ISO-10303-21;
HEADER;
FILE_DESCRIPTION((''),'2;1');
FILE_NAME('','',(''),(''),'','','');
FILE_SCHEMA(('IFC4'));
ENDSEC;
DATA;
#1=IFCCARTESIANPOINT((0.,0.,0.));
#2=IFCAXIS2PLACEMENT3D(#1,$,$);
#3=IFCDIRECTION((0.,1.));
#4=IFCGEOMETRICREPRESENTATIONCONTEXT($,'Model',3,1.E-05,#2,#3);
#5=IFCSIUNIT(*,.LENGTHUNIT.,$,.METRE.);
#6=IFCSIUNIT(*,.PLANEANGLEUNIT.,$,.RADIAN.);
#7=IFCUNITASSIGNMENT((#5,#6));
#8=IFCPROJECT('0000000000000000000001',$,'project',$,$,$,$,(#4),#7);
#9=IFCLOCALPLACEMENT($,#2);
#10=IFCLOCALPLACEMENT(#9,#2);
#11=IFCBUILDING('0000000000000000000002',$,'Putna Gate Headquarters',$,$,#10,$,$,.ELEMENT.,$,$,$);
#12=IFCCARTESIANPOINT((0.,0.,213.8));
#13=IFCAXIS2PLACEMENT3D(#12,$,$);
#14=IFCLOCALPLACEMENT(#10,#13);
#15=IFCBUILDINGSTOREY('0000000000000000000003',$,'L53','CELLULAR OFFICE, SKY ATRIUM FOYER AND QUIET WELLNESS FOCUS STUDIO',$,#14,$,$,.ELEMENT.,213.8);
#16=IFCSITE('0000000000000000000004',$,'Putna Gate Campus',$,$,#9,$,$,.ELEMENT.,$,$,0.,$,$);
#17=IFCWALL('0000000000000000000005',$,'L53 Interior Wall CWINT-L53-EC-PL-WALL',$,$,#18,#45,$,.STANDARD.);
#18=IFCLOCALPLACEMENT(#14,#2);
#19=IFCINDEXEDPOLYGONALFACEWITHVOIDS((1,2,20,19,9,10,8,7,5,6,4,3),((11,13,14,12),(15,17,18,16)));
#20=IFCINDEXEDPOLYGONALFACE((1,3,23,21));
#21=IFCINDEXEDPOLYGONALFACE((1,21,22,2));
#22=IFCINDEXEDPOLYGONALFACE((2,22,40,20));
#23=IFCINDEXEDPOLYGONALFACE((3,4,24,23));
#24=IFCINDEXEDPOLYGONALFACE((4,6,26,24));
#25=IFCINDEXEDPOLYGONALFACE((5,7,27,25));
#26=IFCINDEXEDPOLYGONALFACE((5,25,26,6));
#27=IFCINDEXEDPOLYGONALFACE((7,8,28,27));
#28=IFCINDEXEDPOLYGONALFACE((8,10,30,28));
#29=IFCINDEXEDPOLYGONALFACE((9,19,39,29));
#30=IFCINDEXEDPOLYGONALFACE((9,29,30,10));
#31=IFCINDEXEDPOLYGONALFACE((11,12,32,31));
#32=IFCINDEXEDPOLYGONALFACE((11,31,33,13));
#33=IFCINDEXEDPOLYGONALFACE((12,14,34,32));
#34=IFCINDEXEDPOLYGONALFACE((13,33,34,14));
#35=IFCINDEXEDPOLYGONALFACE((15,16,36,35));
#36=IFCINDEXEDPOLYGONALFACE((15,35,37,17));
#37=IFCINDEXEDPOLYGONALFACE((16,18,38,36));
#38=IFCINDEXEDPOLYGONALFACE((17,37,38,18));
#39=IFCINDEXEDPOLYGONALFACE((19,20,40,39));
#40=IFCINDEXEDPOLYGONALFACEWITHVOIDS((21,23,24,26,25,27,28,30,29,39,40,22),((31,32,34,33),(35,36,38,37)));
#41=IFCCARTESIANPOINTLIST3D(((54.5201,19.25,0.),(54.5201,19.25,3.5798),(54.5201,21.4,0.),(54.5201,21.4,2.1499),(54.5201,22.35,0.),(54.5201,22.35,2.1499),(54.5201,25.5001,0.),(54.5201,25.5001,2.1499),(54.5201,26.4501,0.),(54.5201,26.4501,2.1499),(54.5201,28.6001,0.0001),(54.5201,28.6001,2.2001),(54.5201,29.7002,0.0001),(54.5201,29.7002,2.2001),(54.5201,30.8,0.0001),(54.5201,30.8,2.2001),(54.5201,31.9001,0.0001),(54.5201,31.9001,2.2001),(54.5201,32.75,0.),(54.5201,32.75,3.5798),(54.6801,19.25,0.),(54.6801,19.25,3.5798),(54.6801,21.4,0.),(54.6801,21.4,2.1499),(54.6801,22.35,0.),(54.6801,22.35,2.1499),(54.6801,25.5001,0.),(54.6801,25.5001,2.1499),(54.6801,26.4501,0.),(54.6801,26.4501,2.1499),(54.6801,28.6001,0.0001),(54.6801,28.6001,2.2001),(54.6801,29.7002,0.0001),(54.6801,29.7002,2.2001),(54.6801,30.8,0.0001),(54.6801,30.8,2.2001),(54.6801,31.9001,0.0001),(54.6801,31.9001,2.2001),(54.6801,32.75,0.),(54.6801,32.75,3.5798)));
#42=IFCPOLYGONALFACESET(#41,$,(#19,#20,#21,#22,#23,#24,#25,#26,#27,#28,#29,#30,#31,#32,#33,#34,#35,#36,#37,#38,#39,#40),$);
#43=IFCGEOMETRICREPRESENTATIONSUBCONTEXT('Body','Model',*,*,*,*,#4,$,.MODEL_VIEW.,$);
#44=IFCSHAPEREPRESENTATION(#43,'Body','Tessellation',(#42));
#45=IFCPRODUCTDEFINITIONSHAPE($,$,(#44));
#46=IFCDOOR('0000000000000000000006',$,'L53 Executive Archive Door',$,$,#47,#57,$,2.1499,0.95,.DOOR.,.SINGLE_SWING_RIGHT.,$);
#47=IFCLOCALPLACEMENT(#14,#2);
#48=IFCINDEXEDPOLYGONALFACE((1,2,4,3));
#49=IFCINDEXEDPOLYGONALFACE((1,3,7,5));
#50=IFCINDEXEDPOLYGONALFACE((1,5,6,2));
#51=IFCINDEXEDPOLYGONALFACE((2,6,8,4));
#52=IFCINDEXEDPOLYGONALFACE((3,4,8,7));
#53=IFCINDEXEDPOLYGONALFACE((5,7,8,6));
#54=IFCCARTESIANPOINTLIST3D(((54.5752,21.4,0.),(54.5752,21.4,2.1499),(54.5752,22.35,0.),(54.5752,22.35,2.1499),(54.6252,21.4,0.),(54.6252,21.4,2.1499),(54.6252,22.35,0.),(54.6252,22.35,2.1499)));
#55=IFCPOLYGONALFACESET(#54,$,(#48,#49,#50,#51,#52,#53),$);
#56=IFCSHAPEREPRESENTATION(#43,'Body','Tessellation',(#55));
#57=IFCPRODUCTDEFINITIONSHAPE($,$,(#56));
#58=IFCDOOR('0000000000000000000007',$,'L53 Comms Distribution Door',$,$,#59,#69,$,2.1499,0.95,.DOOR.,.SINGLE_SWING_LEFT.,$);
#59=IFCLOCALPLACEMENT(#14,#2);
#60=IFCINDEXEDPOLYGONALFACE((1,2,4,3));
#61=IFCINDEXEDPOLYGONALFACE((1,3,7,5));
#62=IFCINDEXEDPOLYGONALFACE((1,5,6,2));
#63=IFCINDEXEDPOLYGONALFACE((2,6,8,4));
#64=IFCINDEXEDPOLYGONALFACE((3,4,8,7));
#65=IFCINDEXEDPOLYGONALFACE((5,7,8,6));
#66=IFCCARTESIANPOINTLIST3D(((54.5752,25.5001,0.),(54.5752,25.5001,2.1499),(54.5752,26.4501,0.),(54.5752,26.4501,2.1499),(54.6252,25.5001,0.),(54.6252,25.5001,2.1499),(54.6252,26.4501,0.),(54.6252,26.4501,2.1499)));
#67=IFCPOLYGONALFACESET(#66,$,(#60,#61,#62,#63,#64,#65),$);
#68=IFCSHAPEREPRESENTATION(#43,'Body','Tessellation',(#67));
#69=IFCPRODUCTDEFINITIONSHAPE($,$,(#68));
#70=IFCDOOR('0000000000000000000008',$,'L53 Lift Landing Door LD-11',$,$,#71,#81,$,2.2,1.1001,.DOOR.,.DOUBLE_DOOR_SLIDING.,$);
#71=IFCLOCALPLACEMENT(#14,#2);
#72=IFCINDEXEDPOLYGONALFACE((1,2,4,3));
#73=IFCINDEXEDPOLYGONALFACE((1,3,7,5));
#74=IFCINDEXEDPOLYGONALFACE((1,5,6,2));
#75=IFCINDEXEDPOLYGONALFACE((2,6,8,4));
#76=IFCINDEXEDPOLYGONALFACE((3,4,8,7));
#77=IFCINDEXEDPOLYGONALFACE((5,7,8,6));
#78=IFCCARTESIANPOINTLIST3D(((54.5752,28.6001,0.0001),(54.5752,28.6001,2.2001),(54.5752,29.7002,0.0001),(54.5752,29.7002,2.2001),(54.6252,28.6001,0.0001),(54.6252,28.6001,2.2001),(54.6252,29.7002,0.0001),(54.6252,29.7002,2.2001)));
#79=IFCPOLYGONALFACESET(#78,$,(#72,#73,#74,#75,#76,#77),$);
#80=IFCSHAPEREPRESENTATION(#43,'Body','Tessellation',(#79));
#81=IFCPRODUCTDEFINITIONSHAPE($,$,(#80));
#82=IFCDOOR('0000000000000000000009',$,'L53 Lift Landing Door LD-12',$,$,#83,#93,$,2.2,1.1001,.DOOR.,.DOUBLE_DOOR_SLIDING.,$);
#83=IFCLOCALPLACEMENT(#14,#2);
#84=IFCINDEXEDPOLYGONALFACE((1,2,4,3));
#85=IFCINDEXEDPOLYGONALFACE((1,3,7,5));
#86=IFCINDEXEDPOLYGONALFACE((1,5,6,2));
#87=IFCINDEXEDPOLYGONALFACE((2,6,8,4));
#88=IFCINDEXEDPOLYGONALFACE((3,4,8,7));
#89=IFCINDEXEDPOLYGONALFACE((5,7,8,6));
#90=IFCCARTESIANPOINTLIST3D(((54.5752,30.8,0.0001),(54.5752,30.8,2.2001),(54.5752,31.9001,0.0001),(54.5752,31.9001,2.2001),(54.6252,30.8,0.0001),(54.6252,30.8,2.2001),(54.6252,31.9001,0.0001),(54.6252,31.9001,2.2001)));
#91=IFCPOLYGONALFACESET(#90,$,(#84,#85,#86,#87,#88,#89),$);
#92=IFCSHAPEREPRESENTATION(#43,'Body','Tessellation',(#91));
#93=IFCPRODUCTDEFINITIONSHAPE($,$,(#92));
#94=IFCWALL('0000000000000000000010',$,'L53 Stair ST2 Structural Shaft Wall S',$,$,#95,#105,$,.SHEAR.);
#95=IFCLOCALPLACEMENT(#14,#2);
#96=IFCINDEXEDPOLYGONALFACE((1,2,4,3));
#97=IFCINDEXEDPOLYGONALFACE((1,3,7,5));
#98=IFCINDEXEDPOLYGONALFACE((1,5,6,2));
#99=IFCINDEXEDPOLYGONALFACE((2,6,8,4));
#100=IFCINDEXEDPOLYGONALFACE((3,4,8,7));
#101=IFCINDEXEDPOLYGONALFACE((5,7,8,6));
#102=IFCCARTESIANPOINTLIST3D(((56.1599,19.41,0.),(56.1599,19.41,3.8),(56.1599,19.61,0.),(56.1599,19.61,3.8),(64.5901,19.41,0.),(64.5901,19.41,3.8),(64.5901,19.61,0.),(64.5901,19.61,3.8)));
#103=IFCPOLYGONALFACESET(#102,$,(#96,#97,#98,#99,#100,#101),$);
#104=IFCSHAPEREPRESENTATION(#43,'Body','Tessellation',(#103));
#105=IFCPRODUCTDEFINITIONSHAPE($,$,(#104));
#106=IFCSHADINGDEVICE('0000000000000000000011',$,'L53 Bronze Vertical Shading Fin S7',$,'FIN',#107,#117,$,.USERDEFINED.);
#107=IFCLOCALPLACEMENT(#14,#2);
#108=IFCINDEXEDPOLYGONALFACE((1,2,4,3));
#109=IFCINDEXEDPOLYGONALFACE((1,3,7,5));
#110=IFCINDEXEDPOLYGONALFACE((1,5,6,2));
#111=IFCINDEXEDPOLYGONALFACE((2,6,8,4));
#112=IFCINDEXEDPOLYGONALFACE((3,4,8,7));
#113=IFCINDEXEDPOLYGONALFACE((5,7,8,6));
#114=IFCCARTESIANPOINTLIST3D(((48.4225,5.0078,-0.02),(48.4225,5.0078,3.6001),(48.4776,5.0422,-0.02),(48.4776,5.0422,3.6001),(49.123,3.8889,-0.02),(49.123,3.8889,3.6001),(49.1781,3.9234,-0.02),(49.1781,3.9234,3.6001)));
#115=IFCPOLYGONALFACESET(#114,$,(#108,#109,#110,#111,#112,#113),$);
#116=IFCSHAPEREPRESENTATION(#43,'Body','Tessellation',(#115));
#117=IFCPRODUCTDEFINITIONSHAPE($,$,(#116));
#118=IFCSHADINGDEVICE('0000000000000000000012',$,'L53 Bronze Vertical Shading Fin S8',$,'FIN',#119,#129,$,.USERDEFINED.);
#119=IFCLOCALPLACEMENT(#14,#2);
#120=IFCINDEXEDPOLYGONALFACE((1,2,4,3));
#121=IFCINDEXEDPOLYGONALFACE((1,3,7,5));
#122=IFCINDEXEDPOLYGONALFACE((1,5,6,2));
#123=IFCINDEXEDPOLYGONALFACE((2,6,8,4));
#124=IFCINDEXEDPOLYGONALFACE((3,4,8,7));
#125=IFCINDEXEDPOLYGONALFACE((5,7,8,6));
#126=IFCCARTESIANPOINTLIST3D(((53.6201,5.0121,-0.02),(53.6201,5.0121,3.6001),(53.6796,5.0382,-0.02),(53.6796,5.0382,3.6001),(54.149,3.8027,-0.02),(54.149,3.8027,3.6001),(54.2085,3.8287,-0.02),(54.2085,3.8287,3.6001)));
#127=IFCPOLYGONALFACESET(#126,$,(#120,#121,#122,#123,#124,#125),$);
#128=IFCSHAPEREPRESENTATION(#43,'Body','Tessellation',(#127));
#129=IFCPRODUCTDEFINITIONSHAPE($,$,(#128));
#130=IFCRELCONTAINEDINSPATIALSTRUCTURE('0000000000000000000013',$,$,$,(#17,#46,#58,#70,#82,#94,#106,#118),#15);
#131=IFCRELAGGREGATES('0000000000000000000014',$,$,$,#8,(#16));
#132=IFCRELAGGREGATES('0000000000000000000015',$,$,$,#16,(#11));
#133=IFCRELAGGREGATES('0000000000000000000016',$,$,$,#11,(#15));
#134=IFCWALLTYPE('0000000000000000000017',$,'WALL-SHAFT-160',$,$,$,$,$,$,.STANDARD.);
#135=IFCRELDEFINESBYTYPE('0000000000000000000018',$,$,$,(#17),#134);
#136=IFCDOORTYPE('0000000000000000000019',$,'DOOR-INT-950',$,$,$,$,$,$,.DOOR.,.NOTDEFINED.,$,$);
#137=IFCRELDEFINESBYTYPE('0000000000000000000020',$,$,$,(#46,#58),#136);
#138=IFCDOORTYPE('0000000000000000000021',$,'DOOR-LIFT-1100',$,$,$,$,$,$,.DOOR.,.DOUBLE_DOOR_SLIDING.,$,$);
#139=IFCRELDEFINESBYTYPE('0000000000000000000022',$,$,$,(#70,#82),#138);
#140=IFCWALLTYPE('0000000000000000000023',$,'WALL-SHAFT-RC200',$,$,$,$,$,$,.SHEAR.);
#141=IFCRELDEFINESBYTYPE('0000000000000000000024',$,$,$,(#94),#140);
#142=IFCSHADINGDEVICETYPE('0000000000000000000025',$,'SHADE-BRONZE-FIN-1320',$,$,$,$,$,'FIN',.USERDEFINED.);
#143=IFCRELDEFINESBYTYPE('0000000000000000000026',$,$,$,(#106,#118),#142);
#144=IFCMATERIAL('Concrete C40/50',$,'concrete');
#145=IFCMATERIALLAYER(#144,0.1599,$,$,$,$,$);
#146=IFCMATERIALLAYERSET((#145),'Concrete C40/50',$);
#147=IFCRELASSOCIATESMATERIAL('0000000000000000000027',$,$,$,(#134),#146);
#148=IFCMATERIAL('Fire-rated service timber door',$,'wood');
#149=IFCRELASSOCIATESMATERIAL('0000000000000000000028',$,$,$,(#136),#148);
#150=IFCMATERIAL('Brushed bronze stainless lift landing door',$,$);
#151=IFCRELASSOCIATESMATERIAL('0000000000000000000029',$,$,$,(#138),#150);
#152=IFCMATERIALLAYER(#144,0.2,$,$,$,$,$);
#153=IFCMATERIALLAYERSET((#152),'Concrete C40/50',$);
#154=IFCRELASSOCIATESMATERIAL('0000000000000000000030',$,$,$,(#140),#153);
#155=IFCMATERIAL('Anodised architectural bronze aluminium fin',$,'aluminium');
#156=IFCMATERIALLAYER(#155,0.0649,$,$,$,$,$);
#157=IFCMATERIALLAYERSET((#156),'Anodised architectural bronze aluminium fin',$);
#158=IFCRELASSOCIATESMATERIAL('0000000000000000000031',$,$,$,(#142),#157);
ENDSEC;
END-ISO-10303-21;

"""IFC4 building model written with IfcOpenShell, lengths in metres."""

from ifc_helpers import new_model, si_unit, direction, frame, frame_2d, origin, origin_2d, place, context, subcontext, project, spatial, rectangle, extrude, material, layer, layer_set, type_object, element, fill, save


model = new_model("IFC4")

# Units and contexts
model_context = context("Model", 3, precision=1e-05, world=origin(), true_north=direction((0.0, 1.0)))
body_context = subcontext(model_context, "Body", "Model", "MODEL_VIEW")
ifc_project = project(units=[si_unit("LENGTHUNIT", "METRE"), si_unit("PLANEANGLEUNIT", "RADIAN")], contexts=[model_context])

# Site, building, storey
site_placement = place(None, origin())
site = spatial("IfcSite", under=ifc_project, at=site_placement, Name="Putna Gate Campus", CompositionType="ELEMENT", RefElevation=0.0)
building_placement = place(site_placement, origin())
building = spatial("IfcBuilding", under=site, at=building_placement, Name="Putna Gate Headquarters", CompositionType="ELEMENT")
storey_placement = place(building_placement, frame((0.0, 0.0, 213.8)))
storey = spatial("IfcBuildingStorey", under=building, at=storey_placement, Name="L53", Description="CELLULAR OFFICE, SKY ATRIUM FOYER AND QUIET WELLNESS FOCUS STUDIO", CompositionType="ELEMENT", Elevation=213.8)

# Wall, openings, doors
ifc_material_1 = material(Name="Concrete C40/50", Category="concrete")
ifc_layer_1 = layer(ifc_material_1, 0.1599)
ifc_layer_set_1 = layer_set([ifc_layer_1], Name="Concrete C40/50")
wall_type_1 = type_object("IfcWallType", Name="WALL-SHAFT-160", PredefinedType="STANDARD", material=ifc_layer_set_1)
wall_1_placement = place(storey_placement, frame((54.6001, 19.25, 0.0), z_axis=(0.0, 0.0, 1.0), x_axis=(0.0, 1.0, 0.0)))
wall_1 = element("IfcWall", 1, at=wall_1_placement, inside=storey, type_object=wall_type_1, Name="L53 Interior Wall CWINT-L53-EC-PL-WALL", PredefinedType="STANDARD", context=body_context, shape_type="SweptSolid", body=[
    extrude(rectangle(XDim=13.5, YDim=0.1599, at=frame_2d((6.75, 0.0))), origin(), (0.0, 0.0, 1.0), 3.5798),
])
opening_1_placement = place(wall_1_placement, frame((2.1499, 0.0, 0.0)))
opening_1 = element("IfcOpeningElement", 2, at=opening_1_placement, cuts=wall_1, PredefinedType="OPENING", context=body_context, shape_type="SweptSolid", body=[
    extrude(rectangle(XDim=0.95, YDim=2.1499, at=frame_2d((0.4751, 1.075))), frame((0.0, 0.0898, 0.0), z_axis=(0.0, -1.0, 0.0), x_axis=(1.0, 0.0, 0.0)), (0.0, 0.0, 1.0), 0.1799),
])
opening_2_placement = place(wall_1_placement, frame((6.25, 0.0, 0.0)))
opening_2 = element("IfcOpeningElement", 3, at=opening_2_placement, cuts=wall_1, PredefinedType="OPENING", context=body_context, shape_type="SweptSolid", body=[
    extrude(rectangle(XDim=0.95, YDim=2.1499, at=frame_2d((0.4751, 1.075))), frame((0.0, 0.0898, 0.0), z_axis=(0.0, -1.0, 0.0), x_axis=(1.0, 0.0, 0.0)), (0.0, 0.0, 1.0), 0.1799),
])
opening_3_placement = place(wall_1_placement, frame((9.3501, 0.0, 0.0)))
opening_3 = element("IfcOpeningElement", 4, at=opening_3_placement, cuts=wall_1, PredefinedType="OPENING", context=body_context, shape_type="SweptSolid", body=[
    extrude(rectangle(XDim=1.1001, YDim=2.2, at=frame_2d((0.55, 1.1001))), frame((0.0, 0.0898, 0.0), z_axis=(0.0, -1.0, 0.0), x_axis=(1.0, 0.0, 0.0)), (0.0, 0.0, 1.0), 0.1799),
])
opening_4_placement = place(wall_1_placement, frame((11.55, 0.0, 0.0)))
opening_4 = element("IfcOpeningElement", 5, at=opening_4_placement, cuts=wall_1, PredefinedType="OPENING", context=body_context, shape_type="SweptSolid", body=[
    extrude(rectangle(XDim=1.1001, YDim=2.2, at=frame_2d((0.55, 1.1001))), frame((0.0, 0.0898, 0.0), z_axis=(0.0, -1.0, 0.0), x_axis=(1.0, 0.0, 0.0)), (0.0, 0.0, 1.0), 0.1799),
])
ifc_material_2 = material(Name="Fire-rated service timber door", Category="wood")
door_type_1 = type_object("IfcDoorType", Name="DOOR-INT-950", OperationType="NOTDEFINED", PredefinedType="DOOR", material=ifc_material_2)
door_1_placement = place(opening_1_placement, origin())
door_1 = element("IfcDoor", 6, at=door_1_placement, inside=storey, type_object=door_type_1, Name="L53 Executive Archive Door", OperationType="SINGLE_SWING_RIGHT", OverallHeight=2.1499, OverallWidth=0.95, PredefinedType="DOOR", context=body_context, shape_type="SweptSolid", body=[
    extrude(rectangle(XDim=0.95, YDim=2.1499, at=frame_2d((0.4751, 1.075))), frame((0.0, 0.0249, 0.0), z_axis=(0.0, -1.0, 0.0), x_axis=(1.0, 0.0, 0.0)), (0.0, 0.0, 1.0), 0.05),
])
fill(opening_1, door_1)
door_2_placement = place(opening_2_placement, origin())
door_2 = element("IfcDoor", 7, at=door_2_placement, inside=storey, type_object=door_type_1, Name="L53 Comms Distribution Door", OperationType="SINGLE_SWING_LEFT", OverallHeight=2.1499, OverallWidth=0.95, PredefinedType="DOOR", context=body_context, shape_type="SweptSolid", body=[
    extrude(rectangle(XDim=0.95, YDim=2.1499, at=frame_2d((0.4751, 1.075))), frame((0.0, 0.0249, 0.0), z_axis=(0.0, -1.0, 0.0), x_axis=(1.0, 0.0, 0.0)), (0.0, 0.0, 1.0), 0.05),
])
fill(opening_2, door_2)
ifc_material_3 = material(Name="Brushed bronze stainless lift landing door")
door_type_2 = type_object("IfcDoorType", Name="DOOR-LIFT-1100", OperationType="DOUBLE_DOOR_SLIDING", PredefinedType="DOOR", material=ifc_material_3)
door_3_placement = place(opening_3_placement, origin())
door_3 = element("IfcDoor", 8, at=door_3_placement, inside=storey, type_object=door_type_2, Name="L53 Lift Landing Door LD-11", OperationType="DOUBLE_DOOR_SLIDING", OverallHeight=2.2, OverallWidth=1.1001, PredefinedType="DOOR", context=body_context, shape_type="SweptSolid", body=[
    extrude(rectangle(XDim=1.1001, YDim=2.2, at=frame_2d((0.55, 1.1001))), frame((0.0, 0.0249, 0.0), z_axis=(0.0, -1.0, 0.0), x_axis=(1.0, 0.0, 0.0)), (0.0, 0.0, 1.0), 0.05),
])
fill(opening_3, door_3)
door_4_placement = place(opening_4_placement, origin())
door_4 = element("IfcDoor", 9, at=door_4_placement, inside=storey, type_object=door_type_2, Name="L53 Lift Landing Door LD-12", OperationType="DOUBLE_DOOR_SLIDING", OverallHeight=2.2, OverallWidth=1.1001, PredefinedType="DOOR", context=body_context, shape_type="SweptSolid", body=[
    extrude(rectangle(XDim=1.1001, YDim=2.2, at=frame_2d((0.55, 1.1001))), frame((0.0, 0.0249, 0.0), z_axis=(0.0, -1.0, 0.0), x_axis=(1.0, 0.0, 0.0)), (0.0, 0.0, 1.0), 0.05),
])
fill(opening_4, door_4)

# Wall
ifc_layer_2 = layer(ifc_material_1, 0.2)
ifc_layer_set_2 = layer_set([ifc_layer_2], Name="Concrete C40/50")
wall_type_2 = type_object("IfcWallType", Name="WALL-SHAFT-RC200", PredefinedType="SHEAR", material=ifc_layer_set_2)
wall_2_placement = place(storey_placement, frame((56.1599, 19.51, 0.0), z_axis=(0.0, 0.0, 1.0), x_axis=(1.0, 0.0, 0.0)))
element("IfcWall", 10, at=wall_2_placement, inside=storey, type_object=wall_type_2, Name="L53 Stair ST2 Structural Shaft Wall S", PredefinedType="SHEAR", context=body_context, shape_type="SweptSolid", body=[
    extrude(rectangle(XDim=8.4302, YDim=0.2, at=frame_2d((4.2151, 0.0))), origin(), (0.0, 0.0, 1.0), 3.8),
])

# Shading devices
ifc_material_4 = material(Name="Anodised architectural bronze aluminium fin", Category="aluminium")
ifc_layer_3 = layer(ifc_material_4, 0.0649)
ifc_layer_set_3 = layer_set([ifc_layer_3], Name="Anodised architectural bronze aluminium fin")
shading_device_type = type_object("IfcShadingDeviceType", Name="SHADE-BRONZE-FIN-1320", ElementType="FIN", PredefinedType="USERDEFINED", material=ifc_layer_set_3)
for number, where, z_axis, x_axis, name in (
    (11, (48.8003, 4.4656, -0.02), (0.0, 0.0, 1.0), (0.530659, -0.847585, 0.0), "L53 Bronze Vertical Shading Fin S7"),
    (12, (53.9143, 4.4204, -0.02), (0.0, 0.0, 1.0), (0.400669, -0.916223, 0.0), "L53 Bronze Vertical Shading Fin S8"),
):
    element("IfcShadingDevice", number, at=place(storey_placement, frame(where, z_axis=z_axis, x_axis=x_axis)), inside=storey, type_object=shading_device_type, Name=name, ObjectType="FIN", PredefinedType="USERDEFINED", context=body_context, shape_type="SweptSolid", body=[
        extrude(rectangle(XDim=1.3201, YDim=0.0649, at=origin_2d()), origin(), (0.0, 0.0, 1.0), 3.6201),
    ])

save(model, "model.ifc")
